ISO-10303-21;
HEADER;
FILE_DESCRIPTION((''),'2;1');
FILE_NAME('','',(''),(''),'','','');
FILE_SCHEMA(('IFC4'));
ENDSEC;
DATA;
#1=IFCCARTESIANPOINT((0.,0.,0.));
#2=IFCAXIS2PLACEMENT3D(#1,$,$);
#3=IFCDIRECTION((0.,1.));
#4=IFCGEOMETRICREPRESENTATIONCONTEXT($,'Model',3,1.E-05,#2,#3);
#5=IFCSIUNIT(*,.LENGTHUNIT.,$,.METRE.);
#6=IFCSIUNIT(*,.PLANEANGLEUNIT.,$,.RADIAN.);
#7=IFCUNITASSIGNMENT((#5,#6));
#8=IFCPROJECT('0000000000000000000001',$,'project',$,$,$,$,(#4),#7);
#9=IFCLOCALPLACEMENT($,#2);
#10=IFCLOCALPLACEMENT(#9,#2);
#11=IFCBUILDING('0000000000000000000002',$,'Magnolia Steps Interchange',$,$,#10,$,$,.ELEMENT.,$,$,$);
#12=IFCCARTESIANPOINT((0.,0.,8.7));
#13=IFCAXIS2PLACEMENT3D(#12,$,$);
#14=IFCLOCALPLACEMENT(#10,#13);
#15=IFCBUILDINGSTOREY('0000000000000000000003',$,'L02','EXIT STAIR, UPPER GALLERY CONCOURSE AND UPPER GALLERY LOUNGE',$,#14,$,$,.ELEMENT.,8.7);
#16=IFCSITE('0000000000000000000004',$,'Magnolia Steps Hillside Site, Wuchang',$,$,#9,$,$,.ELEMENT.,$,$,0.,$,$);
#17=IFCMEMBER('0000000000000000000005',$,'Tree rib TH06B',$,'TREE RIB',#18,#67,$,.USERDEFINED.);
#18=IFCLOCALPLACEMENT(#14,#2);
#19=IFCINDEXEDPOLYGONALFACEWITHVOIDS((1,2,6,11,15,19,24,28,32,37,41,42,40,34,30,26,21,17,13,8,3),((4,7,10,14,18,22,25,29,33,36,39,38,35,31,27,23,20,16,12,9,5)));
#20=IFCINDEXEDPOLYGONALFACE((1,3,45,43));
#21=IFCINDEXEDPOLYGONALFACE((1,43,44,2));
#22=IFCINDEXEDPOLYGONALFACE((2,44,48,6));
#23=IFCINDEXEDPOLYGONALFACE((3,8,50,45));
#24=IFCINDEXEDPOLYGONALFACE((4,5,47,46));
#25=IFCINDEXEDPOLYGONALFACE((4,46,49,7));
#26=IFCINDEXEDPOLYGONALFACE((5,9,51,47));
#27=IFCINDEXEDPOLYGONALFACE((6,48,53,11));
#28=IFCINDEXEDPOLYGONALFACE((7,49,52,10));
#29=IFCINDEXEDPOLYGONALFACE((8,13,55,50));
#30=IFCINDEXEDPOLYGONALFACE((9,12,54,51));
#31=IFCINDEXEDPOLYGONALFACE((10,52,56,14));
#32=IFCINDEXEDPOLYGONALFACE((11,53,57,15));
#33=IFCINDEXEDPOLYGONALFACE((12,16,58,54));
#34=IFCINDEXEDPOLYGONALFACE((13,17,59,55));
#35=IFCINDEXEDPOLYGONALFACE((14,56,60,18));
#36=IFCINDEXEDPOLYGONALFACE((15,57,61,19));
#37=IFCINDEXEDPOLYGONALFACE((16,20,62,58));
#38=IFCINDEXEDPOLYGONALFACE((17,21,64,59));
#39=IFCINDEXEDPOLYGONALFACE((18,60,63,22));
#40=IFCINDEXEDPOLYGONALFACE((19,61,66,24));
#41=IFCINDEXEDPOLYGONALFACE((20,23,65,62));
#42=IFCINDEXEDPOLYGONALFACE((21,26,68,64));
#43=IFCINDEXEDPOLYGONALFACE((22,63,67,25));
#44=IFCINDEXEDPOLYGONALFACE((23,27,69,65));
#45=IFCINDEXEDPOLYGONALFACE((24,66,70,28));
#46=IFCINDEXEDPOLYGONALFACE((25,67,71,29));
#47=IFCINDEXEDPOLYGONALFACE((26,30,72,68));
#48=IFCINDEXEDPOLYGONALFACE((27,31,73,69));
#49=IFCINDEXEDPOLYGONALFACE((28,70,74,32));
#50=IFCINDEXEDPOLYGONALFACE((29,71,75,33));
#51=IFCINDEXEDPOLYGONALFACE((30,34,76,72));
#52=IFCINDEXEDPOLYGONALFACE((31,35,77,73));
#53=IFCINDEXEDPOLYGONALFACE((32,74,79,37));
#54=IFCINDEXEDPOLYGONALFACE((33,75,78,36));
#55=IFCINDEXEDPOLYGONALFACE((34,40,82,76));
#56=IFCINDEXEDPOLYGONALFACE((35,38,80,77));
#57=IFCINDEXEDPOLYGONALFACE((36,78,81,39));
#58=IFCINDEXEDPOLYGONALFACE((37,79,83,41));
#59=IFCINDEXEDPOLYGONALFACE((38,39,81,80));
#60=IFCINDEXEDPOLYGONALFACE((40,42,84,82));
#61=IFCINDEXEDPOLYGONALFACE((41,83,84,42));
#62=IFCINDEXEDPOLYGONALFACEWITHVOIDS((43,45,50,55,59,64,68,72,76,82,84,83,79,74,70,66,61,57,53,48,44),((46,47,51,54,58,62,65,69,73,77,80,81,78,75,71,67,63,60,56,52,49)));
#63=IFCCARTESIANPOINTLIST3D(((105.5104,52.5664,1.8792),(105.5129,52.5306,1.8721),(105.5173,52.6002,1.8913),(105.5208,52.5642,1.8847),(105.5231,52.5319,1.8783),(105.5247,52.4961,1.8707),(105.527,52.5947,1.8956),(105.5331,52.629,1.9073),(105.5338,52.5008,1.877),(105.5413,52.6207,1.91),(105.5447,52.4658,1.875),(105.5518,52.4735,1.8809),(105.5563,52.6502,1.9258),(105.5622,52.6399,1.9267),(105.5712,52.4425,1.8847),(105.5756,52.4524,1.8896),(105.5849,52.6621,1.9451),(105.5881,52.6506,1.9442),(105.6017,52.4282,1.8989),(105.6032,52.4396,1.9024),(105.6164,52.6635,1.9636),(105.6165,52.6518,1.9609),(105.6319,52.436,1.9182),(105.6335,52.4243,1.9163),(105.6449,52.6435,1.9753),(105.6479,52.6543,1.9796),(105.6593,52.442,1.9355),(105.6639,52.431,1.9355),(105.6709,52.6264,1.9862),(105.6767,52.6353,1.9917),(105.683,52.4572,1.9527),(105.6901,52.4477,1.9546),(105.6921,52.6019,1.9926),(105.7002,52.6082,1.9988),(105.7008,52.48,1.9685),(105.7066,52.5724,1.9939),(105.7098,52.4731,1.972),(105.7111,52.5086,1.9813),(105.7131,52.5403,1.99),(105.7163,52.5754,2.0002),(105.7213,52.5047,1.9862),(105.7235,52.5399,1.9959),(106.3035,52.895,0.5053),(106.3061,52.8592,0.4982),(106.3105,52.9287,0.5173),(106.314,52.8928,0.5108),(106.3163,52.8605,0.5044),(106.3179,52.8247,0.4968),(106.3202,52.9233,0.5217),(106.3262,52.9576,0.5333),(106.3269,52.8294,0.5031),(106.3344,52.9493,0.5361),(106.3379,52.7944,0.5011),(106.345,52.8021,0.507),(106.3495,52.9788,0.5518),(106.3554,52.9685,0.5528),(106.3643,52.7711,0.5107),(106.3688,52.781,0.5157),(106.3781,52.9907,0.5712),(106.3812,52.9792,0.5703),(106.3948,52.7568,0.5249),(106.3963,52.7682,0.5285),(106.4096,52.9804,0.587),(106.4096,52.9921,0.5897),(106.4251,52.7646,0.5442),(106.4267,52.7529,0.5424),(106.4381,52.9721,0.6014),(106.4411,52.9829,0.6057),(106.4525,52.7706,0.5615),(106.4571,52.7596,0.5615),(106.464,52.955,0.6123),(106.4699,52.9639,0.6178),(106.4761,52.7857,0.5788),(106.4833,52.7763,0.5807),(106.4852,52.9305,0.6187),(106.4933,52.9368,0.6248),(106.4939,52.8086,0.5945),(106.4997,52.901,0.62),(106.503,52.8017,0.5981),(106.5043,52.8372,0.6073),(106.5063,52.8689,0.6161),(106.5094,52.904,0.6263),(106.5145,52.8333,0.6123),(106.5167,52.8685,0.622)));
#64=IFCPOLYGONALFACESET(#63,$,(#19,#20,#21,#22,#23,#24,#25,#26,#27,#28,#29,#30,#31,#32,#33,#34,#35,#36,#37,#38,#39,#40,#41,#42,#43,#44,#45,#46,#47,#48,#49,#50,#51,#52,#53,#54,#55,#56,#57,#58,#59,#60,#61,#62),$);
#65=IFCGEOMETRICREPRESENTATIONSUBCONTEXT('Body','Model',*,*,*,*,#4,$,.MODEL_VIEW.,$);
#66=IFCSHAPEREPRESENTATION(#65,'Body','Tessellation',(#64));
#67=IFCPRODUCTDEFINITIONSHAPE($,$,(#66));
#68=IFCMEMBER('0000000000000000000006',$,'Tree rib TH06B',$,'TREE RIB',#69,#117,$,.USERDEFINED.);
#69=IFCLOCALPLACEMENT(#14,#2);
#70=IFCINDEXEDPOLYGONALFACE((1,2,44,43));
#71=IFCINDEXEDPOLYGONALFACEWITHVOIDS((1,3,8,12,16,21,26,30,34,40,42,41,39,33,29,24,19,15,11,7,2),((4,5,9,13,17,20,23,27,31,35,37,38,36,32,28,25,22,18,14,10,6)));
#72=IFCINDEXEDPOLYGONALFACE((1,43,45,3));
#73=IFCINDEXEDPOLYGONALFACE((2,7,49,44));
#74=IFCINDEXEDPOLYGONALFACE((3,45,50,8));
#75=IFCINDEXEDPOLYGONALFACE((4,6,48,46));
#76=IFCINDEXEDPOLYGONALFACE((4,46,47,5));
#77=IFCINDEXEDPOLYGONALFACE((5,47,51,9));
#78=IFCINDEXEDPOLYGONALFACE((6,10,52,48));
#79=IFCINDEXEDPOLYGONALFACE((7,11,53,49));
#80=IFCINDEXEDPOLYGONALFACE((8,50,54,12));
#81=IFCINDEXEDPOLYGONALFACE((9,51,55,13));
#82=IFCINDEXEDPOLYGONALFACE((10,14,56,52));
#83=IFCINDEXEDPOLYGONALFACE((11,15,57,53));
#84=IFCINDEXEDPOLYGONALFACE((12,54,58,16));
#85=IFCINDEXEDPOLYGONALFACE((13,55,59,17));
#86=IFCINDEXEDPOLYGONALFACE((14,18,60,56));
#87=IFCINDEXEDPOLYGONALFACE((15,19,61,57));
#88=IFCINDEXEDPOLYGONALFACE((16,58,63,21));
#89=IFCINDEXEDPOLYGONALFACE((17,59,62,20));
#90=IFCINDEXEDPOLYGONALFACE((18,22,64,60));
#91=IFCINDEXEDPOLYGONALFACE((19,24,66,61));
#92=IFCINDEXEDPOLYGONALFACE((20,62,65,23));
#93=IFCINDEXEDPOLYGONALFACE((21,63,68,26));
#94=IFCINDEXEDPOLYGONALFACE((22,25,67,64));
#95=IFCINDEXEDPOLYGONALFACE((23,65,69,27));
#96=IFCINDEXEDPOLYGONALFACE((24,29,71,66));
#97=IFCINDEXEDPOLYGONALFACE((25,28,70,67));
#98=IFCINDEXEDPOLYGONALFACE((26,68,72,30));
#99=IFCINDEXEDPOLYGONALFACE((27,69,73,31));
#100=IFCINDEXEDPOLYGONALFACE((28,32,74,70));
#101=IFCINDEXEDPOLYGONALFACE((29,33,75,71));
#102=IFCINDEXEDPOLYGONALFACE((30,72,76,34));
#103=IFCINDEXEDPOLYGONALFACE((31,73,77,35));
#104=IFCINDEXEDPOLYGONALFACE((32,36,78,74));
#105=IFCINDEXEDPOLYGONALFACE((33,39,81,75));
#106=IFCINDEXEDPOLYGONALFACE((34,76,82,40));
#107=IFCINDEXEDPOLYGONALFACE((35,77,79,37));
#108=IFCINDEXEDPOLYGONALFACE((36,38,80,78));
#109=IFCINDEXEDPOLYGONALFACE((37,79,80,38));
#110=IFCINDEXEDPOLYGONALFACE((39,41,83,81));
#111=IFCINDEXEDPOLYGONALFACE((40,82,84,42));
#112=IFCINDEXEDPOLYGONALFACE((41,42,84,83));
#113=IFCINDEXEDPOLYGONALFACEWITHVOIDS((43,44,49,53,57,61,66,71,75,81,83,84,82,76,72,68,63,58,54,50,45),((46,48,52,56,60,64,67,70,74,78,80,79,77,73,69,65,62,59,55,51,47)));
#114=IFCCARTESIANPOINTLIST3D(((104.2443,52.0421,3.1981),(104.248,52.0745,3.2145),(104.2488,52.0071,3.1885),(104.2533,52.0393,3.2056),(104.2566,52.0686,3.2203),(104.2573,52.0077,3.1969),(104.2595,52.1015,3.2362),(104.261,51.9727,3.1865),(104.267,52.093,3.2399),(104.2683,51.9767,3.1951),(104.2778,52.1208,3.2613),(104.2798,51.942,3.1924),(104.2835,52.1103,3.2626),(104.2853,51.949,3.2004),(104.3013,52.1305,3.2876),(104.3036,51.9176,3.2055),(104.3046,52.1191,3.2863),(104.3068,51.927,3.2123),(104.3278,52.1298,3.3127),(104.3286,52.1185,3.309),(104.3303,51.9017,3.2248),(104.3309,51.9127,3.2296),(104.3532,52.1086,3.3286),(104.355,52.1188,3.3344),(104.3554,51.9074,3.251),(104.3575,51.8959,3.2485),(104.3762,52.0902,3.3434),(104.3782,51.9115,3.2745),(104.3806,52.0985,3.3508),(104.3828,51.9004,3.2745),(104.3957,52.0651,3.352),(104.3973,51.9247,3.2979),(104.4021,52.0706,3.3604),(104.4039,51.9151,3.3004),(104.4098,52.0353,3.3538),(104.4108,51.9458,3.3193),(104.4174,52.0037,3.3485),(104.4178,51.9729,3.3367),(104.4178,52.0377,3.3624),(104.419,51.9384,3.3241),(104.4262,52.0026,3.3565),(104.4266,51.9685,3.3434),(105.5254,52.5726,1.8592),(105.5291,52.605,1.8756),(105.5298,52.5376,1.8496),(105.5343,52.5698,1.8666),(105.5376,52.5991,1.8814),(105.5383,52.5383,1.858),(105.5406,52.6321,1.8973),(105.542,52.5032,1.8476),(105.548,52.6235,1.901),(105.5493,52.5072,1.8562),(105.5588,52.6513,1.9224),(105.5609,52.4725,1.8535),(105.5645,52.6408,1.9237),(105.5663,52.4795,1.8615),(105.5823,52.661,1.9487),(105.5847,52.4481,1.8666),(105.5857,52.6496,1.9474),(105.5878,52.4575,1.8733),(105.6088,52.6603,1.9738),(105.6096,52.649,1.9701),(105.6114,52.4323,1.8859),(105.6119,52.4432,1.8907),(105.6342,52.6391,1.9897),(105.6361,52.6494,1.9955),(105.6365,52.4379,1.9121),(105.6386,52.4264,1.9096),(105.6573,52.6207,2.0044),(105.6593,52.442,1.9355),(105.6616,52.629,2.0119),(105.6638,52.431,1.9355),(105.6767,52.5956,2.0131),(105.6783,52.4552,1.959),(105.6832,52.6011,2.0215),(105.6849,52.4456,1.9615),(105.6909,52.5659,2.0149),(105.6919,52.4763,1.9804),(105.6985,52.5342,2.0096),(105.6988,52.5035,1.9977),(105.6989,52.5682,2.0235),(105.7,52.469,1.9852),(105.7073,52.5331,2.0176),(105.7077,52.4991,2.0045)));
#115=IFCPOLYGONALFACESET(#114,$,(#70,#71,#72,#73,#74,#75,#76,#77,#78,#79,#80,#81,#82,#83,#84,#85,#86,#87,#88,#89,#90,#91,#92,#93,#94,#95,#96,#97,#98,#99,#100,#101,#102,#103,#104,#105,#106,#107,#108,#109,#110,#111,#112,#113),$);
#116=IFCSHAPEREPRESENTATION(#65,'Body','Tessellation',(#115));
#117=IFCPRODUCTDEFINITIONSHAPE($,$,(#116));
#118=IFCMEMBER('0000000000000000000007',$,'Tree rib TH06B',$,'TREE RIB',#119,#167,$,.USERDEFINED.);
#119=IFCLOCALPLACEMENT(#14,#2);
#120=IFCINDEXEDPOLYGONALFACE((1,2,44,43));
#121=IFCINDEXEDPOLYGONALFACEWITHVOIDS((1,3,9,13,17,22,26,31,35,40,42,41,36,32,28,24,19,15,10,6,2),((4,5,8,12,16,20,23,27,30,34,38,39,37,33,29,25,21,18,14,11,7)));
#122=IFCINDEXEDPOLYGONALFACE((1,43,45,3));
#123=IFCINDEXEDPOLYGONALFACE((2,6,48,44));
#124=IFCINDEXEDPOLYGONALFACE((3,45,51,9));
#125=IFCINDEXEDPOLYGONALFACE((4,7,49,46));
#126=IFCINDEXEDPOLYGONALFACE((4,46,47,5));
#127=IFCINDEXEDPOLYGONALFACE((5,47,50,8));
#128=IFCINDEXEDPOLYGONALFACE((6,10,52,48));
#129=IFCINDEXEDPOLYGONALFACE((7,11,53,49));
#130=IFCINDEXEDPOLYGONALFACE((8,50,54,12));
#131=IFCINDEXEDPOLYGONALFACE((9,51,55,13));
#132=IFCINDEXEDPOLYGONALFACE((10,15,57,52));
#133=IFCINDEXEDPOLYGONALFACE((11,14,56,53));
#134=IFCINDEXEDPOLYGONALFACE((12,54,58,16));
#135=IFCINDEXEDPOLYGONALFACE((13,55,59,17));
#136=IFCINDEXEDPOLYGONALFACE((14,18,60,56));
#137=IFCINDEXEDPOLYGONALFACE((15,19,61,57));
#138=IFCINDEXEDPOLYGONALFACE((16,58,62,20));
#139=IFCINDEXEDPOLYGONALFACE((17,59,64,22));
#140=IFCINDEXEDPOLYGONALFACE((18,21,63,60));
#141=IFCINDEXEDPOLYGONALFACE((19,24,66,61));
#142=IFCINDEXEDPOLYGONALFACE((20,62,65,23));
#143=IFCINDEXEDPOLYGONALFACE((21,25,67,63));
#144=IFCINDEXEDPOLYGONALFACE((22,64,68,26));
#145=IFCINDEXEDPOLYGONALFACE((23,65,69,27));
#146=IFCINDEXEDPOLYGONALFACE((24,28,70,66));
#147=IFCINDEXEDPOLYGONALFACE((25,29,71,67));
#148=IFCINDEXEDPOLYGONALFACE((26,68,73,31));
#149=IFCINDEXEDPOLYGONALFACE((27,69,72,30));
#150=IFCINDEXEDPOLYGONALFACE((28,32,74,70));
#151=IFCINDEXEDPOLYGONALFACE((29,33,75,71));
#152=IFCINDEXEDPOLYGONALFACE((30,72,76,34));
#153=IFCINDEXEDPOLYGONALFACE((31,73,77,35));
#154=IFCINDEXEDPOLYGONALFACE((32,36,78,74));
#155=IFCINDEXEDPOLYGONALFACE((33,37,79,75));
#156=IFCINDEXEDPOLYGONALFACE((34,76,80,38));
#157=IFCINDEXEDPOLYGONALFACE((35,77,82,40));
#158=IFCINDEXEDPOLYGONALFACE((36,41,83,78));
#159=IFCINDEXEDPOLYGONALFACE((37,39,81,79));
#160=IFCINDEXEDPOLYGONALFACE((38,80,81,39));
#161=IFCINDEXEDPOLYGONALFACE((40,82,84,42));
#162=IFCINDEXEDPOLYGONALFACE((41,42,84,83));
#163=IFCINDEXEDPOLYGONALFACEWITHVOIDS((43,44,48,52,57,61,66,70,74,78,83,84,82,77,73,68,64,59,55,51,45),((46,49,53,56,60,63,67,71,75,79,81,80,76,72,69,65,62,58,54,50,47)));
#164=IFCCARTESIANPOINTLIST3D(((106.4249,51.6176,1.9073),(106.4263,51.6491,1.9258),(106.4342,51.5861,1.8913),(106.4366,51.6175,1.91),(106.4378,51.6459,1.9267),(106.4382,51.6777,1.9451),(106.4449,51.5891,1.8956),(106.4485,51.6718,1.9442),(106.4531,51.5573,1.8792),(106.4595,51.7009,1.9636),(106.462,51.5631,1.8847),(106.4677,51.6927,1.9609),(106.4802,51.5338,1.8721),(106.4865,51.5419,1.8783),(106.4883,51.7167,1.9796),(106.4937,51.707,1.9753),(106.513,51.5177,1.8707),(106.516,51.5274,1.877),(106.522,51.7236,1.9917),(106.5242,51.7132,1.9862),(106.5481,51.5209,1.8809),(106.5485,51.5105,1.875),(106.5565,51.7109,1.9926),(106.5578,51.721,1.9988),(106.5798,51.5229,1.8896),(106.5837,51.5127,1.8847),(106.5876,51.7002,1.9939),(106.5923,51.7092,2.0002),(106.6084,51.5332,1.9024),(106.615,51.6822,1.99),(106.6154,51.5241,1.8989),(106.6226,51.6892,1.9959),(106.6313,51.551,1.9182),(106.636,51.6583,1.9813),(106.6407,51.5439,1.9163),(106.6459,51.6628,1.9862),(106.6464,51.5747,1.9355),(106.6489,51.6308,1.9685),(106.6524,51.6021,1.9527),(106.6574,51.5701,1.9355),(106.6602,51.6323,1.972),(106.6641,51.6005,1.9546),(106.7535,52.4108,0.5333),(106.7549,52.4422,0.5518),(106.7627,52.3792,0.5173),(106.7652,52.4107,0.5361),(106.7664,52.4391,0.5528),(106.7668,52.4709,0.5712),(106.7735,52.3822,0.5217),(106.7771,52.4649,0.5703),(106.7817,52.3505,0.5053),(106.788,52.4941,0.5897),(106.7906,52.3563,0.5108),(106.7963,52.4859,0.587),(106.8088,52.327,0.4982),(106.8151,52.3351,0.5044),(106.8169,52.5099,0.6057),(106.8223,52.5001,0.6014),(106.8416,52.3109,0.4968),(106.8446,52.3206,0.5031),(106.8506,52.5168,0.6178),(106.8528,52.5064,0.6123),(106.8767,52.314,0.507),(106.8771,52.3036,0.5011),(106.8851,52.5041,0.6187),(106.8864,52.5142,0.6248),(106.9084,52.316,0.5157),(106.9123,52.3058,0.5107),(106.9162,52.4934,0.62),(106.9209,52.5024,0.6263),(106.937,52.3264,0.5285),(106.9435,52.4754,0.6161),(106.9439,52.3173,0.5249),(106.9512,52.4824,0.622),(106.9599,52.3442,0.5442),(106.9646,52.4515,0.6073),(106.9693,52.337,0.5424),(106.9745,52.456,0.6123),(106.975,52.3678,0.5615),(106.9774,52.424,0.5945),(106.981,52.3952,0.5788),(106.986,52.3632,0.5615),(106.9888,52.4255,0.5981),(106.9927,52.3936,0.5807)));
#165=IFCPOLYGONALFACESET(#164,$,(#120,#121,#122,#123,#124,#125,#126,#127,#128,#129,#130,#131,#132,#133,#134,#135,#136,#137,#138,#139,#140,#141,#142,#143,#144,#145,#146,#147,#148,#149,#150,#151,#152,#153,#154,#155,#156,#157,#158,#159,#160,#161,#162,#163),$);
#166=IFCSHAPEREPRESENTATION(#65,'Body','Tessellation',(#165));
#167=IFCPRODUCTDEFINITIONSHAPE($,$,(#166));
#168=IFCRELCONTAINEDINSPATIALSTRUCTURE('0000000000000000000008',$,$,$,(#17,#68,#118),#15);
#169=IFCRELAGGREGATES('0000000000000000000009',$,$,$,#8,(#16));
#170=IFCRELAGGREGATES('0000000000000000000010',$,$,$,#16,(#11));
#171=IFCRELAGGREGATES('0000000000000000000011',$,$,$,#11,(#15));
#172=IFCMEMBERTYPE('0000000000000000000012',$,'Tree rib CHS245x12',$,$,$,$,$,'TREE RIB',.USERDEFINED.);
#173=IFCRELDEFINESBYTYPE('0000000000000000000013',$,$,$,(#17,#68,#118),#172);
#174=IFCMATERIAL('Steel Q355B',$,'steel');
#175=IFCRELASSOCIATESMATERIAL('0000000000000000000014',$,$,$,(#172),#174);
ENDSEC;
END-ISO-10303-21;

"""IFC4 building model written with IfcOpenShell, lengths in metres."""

from ifc_helpers import new_model, si_unit, direction, frame, origin, origin_2d, place, context, subcontext, project, spatial, hollow_circle, extrude, material, material_profile, profile_set, type_object, element, save


model = new_model("IFC4")

# Units and contexts
model_context = context("Model", 3, precision=1e-05, world=origin(), true_north=direction((0.0, 1.0)))
body_context = subcontext(model_context, "Body", "Model", "MODEL_VIEW")
ifc_project = project(units=[si_unit("LENGTHUNIT", "METRE"), si_unit("PLANEANGLEUNIT", "RADIAN")], contexts=[model_context])

# Site, building, storey
site_placement = place(None, origin())
site = spatial("IfcSite", under=ifc_project, at=site_placement, Name="Magnolia Steps Hillside Site, Wuchang", CompositionType="ELEMENT", RefElevation=0.0)
building_placement = place(site_placement, origin())
building = spatial("IfcBuilding", under=site, at=building_placement, Name="Magnolia Steps Interchange", CompositionType="ELEMENT")
storey_placement = place(building_placement, frame((0.0, 0.0, 8.7)))
storey = spatial("IfcBuildingStorey", under=building, at=storey_placement, Name="L02", Description="EXIT STAIR, UPPER GALLERY CONCOURSE AND UPPER GALLERY LOUNGE", CompositionType="ELEMENT", Elevation=8.7)

# Members
ifc_material_1 = material(Name="Steel Q355B", Category="steel")
ifc_material_profile_1 = material_profile(ifc_material_1, hollow_circle(Radius=0.1226, WallThickness=0.012, at=origin_2d()), Name="CHS245x12")
ifc_profile_set_1 = profile_set([ifc_material_profile_1], Name="Steel Q355B")
member_type = type_object("IfcMemberType", Name="Tree rib CHS245x12", ElementType="TREE RIB", PredefinedType="USERDEFINED", material=ifc_profile_set_1)
member_1_placement = place(storey_placement, frame((106.4102, 52.8728, 0.5615), z_axis=(-0.489571, -0.20282, 0.848047), x_axis=(0.382737, -0.923857, 0.0)))
element("IfcMember", 1, at=member_1_placement, inside=storey, type_object=member_type, Name="Tree rib TH06B", ObjectType="TREE RIB", PredefinedType="USERDEFINED", context=body_context, shape_type="SweptSolid", body=[
    extrude(hollow_circle(Radius=0.1226, WallThickness=0.012, at=origin_2d()), origin(), (0.0, 0.0, 1.0), 1.6201),
])
member_2_placement = place(storey_placement, frame((105.6169, 52.5442, 1.9355), z_axis=(-0.664618, -0.275246, 0.694638), x_axis=(0.382627, -0.923903, 0.0)))
element("IfcMember", 2, at=member_2_placement, inside=storey, type_object=member_type, Name="Tree rib TH06B", ObjectType="TREE RIB", PredefinedType="USERDEFINED", context=body_context, shape_type="SweptSolid", body=[
    extrude(hollow_circle(Radius=0.1226, WallThickness=0.012, at=origin_2d()), origin(), (0.0, 0.0, 1.0), 1.9275),
])
member_3_placement = place(storey_placement, frame((106.8728, 52.4102, 0.5615), z_axis=(-0.20282, -0.489571, 0.848047), x_axis=(0.923857, -0.382737, 0.0)))
element("IfcMember", 3, at=member_3_placement, inside=storey, type_object=member_type, Name="Tree rib TH06B", ObjectType="TREE RIB", PredefinedType="USERDEFINED", context=body_context, shape_type="SweptSolid", body=[
    extrude(hollow_circle(Radius=0.1226, WallThickness=0.012, at=origin_2d()), origin(), (0.0, 0.0, 1.0), 1.6201),
])

save(model, "model.ifc")
